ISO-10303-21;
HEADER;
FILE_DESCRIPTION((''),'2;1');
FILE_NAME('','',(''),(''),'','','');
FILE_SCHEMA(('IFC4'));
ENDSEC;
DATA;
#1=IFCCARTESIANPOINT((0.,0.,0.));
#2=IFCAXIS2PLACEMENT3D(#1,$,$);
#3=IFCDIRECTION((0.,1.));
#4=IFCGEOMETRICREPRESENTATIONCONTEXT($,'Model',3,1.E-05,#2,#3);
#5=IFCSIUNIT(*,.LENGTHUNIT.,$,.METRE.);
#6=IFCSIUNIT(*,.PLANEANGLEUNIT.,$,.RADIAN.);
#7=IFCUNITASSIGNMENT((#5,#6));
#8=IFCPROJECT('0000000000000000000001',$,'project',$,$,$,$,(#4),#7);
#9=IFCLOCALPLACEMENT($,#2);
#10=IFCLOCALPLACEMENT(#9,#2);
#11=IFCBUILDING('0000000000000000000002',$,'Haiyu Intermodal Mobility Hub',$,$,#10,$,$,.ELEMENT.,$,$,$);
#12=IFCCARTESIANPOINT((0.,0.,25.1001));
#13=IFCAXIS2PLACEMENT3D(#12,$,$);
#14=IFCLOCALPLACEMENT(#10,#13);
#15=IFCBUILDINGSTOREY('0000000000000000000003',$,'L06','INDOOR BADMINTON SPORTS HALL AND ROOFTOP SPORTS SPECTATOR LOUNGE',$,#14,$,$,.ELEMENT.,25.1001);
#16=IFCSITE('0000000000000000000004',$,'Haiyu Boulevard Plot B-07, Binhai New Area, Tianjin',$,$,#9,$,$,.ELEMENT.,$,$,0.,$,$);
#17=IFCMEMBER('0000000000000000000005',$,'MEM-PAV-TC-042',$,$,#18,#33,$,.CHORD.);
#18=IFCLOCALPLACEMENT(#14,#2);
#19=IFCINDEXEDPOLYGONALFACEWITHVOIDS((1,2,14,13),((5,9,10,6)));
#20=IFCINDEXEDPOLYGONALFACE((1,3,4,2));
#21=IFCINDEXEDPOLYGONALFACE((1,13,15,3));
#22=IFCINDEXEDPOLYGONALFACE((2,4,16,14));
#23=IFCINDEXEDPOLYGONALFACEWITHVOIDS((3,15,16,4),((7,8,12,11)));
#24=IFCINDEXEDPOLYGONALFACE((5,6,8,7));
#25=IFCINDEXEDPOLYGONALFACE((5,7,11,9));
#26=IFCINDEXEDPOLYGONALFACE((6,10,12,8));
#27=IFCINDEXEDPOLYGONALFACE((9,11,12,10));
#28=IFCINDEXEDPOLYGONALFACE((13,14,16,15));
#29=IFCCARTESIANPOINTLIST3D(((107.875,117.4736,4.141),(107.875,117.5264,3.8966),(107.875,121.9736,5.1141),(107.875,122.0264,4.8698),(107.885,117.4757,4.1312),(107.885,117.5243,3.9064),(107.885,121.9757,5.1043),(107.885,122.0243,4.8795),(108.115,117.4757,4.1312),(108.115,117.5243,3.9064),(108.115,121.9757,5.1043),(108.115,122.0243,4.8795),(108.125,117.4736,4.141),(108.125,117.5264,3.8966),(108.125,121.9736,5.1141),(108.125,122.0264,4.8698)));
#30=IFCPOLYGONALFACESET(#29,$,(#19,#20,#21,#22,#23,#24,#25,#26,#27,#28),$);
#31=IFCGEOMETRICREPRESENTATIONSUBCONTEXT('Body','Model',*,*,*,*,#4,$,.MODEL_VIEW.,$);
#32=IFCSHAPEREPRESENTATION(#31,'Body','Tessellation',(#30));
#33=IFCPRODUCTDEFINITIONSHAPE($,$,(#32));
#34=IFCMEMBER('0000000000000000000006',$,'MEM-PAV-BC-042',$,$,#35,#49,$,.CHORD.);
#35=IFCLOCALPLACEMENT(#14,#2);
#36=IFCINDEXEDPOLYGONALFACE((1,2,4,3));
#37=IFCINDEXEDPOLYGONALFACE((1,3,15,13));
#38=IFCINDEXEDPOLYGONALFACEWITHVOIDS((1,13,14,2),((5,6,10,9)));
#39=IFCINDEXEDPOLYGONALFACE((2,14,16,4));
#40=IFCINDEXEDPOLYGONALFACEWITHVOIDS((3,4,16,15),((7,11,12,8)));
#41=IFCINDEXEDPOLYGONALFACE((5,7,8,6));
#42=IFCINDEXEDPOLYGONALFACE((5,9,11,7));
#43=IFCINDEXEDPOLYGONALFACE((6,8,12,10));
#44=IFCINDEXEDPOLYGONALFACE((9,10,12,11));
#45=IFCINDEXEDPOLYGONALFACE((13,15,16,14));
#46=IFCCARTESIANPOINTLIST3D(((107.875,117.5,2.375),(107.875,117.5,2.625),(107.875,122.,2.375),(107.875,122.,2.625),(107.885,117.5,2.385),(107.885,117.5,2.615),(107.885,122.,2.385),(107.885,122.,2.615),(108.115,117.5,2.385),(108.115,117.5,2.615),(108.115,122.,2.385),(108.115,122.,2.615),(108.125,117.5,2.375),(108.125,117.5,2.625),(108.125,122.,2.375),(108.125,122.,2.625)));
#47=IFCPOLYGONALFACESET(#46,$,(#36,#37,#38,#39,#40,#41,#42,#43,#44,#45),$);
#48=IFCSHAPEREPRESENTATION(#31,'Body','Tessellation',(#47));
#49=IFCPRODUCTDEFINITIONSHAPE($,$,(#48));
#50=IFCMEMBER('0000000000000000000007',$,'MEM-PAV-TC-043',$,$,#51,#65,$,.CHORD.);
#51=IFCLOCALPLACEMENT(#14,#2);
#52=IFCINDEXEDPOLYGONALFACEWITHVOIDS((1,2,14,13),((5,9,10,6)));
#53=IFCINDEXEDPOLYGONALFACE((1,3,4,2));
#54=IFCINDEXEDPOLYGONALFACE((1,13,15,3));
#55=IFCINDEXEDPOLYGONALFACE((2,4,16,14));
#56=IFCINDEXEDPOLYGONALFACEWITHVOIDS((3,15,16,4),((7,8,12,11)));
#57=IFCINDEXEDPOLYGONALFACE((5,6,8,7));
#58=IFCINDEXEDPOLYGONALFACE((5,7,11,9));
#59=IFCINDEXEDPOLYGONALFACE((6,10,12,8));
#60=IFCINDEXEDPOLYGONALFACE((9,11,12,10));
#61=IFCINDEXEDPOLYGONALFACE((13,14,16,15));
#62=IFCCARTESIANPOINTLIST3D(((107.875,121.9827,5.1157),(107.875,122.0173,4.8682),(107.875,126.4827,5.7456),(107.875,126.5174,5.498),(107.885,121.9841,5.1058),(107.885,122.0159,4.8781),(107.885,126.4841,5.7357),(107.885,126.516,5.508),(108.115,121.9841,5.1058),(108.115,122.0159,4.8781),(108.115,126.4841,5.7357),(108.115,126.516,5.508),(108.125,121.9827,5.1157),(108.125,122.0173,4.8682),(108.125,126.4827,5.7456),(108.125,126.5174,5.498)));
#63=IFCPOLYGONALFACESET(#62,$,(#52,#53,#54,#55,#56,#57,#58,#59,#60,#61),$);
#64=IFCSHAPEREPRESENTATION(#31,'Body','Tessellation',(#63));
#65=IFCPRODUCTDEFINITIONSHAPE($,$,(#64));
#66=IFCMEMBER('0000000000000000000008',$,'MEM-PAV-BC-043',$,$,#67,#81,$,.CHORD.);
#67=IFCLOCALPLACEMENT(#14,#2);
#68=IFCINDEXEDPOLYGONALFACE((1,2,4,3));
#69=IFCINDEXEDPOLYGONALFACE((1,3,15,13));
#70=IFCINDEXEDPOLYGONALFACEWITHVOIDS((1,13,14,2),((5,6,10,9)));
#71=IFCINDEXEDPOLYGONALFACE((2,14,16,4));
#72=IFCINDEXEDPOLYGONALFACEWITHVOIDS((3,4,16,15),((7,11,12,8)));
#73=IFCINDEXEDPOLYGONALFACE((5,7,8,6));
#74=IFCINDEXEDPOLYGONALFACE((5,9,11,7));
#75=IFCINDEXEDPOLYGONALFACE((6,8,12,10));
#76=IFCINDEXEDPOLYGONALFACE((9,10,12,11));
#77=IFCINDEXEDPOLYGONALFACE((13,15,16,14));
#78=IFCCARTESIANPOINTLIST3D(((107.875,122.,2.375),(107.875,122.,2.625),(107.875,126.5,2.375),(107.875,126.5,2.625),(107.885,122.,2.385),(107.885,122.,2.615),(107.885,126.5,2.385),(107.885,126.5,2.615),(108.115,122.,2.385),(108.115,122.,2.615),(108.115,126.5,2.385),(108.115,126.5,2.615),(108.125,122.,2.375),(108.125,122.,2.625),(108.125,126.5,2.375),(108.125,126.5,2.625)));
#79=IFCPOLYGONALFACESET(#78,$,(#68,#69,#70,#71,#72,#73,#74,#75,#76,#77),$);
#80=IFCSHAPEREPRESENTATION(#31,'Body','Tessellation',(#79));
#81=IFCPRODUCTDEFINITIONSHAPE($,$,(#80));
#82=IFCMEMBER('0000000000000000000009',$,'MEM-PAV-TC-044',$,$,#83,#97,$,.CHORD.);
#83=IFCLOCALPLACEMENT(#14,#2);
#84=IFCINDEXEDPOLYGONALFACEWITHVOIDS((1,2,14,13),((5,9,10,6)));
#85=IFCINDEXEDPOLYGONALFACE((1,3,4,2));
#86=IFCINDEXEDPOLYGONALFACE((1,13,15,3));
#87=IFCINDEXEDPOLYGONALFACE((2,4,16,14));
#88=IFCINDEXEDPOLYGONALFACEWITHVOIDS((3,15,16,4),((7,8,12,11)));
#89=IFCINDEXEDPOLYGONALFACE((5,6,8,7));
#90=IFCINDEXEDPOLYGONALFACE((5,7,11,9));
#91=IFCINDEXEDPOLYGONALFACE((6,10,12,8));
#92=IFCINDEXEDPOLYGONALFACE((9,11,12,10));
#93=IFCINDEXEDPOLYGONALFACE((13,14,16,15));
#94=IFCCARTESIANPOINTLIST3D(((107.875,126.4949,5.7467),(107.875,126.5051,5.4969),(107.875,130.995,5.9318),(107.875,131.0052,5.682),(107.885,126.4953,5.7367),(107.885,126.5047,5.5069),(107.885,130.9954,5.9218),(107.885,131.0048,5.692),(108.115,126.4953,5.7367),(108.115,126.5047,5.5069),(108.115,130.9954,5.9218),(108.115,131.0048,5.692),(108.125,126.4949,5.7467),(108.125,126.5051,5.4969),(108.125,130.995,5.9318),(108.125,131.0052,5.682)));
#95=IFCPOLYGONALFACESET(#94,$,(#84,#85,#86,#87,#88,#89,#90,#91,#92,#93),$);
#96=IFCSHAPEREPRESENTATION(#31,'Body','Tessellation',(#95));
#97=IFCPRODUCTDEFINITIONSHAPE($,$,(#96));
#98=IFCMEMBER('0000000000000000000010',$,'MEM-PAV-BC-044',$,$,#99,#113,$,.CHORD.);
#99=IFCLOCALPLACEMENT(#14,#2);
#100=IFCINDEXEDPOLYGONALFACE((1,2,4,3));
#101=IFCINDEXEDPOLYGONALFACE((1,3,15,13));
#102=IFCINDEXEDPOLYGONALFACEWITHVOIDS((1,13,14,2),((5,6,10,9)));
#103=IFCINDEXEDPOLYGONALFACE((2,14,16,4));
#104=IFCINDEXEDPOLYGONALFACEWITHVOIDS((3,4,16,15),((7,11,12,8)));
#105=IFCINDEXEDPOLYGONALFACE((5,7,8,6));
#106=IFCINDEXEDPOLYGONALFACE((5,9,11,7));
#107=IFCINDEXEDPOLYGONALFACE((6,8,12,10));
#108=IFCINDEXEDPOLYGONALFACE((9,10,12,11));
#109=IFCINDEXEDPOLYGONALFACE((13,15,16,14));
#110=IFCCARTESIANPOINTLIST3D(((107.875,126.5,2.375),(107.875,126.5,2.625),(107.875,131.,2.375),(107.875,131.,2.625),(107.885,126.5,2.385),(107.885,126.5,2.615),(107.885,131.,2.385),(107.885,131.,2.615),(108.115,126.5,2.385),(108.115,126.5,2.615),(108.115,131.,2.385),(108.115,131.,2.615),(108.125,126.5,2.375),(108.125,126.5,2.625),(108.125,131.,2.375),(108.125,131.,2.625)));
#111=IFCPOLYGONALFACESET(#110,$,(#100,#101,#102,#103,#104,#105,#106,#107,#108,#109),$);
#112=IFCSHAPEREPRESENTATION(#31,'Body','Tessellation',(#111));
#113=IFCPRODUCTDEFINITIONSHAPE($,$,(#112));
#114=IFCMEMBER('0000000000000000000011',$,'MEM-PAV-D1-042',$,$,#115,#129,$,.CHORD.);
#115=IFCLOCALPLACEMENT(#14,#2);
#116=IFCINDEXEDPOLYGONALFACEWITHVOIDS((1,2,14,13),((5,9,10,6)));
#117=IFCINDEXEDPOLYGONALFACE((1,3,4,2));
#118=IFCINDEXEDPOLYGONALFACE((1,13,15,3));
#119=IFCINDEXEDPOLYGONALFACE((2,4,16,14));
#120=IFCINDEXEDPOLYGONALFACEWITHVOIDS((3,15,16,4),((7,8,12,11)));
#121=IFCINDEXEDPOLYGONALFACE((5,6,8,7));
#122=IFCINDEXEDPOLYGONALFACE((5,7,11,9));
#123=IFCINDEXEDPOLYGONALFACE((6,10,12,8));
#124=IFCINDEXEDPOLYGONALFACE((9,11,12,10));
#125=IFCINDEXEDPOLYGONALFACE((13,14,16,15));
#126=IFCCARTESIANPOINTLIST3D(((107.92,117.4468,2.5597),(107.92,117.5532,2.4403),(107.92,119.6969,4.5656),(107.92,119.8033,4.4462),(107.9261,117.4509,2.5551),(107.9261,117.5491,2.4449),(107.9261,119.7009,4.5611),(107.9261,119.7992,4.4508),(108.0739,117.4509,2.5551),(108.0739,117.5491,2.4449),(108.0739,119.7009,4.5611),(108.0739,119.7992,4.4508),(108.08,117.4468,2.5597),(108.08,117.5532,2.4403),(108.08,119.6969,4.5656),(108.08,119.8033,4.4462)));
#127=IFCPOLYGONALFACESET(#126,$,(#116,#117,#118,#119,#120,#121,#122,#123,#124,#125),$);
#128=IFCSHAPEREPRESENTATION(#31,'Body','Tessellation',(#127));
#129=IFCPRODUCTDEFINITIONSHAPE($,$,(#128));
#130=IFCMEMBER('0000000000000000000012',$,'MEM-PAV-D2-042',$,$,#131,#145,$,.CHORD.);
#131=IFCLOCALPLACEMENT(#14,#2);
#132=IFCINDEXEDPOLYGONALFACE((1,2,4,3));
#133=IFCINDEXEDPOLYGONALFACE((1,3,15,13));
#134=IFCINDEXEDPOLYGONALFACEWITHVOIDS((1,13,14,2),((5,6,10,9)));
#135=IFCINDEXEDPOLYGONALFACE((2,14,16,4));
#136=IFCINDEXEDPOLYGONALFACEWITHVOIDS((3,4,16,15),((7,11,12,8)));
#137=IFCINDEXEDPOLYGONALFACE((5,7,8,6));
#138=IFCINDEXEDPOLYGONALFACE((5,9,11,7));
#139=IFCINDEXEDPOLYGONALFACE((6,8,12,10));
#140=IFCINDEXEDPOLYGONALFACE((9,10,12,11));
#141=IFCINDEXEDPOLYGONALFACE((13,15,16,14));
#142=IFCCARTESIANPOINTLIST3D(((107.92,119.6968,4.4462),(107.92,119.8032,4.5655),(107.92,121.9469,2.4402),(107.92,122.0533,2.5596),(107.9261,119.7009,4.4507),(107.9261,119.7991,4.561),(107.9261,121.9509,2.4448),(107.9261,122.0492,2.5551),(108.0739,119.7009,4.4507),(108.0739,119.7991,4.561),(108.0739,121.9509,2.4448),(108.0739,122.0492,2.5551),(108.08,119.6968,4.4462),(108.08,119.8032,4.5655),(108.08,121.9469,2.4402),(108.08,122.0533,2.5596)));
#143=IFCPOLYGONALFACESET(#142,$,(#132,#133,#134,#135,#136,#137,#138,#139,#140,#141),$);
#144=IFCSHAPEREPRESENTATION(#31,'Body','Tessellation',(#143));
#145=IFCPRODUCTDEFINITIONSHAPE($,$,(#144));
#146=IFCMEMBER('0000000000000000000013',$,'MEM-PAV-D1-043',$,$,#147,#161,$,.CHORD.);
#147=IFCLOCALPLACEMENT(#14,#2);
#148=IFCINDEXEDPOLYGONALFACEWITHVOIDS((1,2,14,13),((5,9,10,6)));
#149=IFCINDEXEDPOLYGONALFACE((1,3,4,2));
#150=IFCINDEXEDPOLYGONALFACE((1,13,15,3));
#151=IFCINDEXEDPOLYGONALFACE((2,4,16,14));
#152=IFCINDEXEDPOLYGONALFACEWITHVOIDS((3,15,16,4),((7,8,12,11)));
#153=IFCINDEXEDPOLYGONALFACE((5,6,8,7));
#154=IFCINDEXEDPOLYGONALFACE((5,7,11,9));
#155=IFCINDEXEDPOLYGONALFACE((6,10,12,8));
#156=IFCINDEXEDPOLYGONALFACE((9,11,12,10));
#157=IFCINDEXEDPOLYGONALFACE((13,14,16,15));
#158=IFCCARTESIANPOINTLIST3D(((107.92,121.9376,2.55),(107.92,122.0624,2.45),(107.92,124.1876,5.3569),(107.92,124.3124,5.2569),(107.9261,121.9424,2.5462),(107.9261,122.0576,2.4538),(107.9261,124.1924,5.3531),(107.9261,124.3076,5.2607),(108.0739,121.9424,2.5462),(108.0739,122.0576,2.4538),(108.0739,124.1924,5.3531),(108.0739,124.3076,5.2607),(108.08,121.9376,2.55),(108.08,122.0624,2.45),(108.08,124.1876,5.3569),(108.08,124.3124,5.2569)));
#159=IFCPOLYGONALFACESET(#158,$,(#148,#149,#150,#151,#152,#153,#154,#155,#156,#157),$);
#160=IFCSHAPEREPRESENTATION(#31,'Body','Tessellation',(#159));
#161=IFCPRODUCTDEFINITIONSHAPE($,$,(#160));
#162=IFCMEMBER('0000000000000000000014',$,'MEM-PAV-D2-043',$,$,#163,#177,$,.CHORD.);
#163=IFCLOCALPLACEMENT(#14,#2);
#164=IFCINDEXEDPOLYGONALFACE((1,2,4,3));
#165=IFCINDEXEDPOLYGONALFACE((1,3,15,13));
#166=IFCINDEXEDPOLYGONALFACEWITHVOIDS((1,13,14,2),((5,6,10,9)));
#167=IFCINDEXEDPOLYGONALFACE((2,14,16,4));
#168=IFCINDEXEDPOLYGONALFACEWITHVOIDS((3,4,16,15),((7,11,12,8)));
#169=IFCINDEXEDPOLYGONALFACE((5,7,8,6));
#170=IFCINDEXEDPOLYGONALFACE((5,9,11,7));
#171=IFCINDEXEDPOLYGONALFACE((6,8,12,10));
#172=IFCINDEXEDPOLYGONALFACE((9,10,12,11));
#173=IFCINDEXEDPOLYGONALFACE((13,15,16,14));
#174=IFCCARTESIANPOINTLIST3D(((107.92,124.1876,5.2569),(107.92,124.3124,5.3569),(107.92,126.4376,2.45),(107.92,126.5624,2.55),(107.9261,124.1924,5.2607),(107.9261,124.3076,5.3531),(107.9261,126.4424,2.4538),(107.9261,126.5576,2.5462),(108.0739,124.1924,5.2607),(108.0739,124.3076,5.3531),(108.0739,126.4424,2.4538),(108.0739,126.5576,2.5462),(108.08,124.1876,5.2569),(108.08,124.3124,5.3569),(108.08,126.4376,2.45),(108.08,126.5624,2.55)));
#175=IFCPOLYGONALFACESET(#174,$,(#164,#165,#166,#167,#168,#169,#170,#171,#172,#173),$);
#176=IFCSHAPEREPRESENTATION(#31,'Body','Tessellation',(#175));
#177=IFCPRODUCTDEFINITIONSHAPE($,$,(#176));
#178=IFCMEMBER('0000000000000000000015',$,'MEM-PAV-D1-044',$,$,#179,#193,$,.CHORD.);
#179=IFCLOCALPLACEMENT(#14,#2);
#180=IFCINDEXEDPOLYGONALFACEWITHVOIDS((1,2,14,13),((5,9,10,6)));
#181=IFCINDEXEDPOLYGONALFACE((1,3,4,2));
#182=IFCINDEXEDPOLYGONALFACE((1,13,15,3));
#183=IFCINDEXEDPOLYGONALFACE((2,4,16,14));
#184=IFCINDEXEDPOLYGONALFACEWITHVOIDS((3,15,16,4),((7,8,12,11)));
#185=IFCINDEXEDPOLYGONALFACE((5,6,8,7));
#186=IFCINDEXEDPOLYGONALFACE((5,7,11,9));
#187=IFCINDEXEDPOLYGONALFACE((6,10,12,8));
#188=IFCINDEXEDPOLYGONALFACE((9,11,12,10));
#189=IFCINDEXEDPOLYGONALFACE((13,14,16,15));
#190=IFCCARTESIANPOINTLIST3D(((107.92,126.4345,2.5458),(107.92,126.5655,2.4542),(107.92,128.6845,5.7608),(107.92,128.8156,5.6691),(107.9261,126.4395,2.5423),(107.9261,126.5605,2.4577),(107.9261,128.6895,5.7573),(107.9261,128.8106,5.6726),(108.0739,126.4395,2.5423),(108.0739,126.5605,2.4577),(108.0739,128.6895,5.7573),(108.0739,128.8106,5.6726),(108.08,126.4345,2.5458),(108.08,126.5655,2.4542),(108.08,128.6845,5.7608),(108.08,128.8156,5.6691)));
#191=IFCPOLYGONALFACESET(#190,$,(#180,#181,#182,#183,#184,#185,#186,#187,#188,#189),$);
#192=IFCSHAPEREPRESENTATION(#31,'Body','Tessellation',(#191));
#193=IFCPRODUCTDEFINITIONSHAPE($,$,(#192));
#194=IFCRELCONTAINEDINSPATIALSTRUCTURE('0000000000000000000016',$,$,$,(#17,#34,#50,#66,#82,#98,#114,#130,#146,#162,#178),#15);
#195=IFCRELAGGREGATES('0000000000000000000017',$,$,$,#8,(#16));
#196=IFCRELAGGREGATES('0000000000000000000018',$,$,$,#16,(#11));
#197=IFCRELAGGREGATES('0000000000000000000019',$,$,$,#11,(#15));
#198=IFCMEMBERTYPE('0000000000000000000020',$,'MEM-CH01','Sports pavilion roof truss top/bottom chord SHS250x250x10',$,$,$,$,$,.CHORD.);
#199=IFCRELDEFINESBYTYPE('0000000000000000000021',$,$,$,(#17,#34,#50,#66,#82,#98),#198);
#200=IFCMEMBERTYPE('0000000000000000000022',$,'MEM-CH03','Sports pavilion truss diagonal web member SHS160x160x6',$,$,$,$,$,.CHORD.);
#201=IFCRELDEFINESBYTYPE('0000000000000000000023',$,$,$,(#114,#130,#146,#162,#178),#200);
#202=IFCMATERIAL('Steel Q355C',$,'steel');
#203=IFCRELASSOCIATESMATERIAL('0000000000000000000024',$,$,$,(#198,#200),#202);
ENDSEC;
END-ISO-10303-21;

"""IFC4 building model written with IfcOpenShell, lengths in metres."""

from ifc_helpers import new_model, si_unit, direction, frame, origin, origin_2d, place, context, subcontext, project, spatial, hollow_rectangle, extrude, material, material_profile, profile_set, type_object, element, save


model = new_model("IFC4")

# Units and contexts
model_context = context("Model", 3, precision=1e-05, world=origin(), true_north=direction((0.0, 1.0)))
body_context = subcontext(model_context, "Body", "Model", "MODEL_VIEW")
ifc_project = project(units=[si_unit("LENGTHUNIT", "METRE"), si_unit("PLANEANGLEUNIT", "RADIAN")], contexts=[model_context])

# Site, building, storey
site_placement = place(None, origin())
site = spatial("IfcSite", under=ifc_project, at=site_placement, Name="Haiyu Boulevard Plot B-07, Binhai New Area, Tianjin", CompositionType="ELEMENT", RefElevation=0.0)
building_placement = place(site_placement, origin())
building = spatial("IfcBuilding", under=site, at=building_placement, Name="Haiyu Intermodal Mobility Hub", CompositionType="ELEMENT")
storey_placement = place(building_placement, frame((0.0, 0.0, 25.1001)))
storey = spatial("IfcBuildingStorey", under=building, at=storey_placement, Name="L06", Description="INDOOR BADMINTON SPORTS HALL AND ROOFTOP SPORTS SPECTATOR LOUNGE", CompositionType="ELEMENT", Elevation=25.1001)

# Shared definitions
ifc_material_1 = material(Name="Steel Q355C", Category="steel")

# Members
ifc_material_profile_1 = material_profile(ifc_material_1, hollow_rectangle(XDim=0.25, YDim=0.25, WallThickness=0.01, at=origin_2d()), Name="SHS250x250x10")
ifc_profile_set_1 = profile_set([ifc_material_profile_1], Name="Steel Q355C")
member_type_1 = type_object("IfcMemberType", Name="MEM-CH01", Description="Sports pavilion roof truss top/bottom chord SHS250x250x10", PredefinedType="CHORD", material=ifc_profile_set_1)
member_1_placement = place(storey_placement, frame((108.0, 117.5, 4.0188), z_axis=(0.0, 0.977406, 0.211368), x_axis=(-1.0, 0.0, 0.0)))
element("IfcMember", 1, at=member_1_placement, inside=storey, type_object=member_type_1, Name="MEM-PAV-TC-042", PredefinedType="CHORD", context=body_context, shape_type="SweptSolid", body=[
    extrude(hollow_rectangle(XDim=0.25, YDim=0.25, WallThickness=0.01, at=origin_2d()), origin(), (0.0, 0.0, 1.0), 4.604),
])
member_2_placement = place(storey_placement, frame((108.0, 117.5, 2.5), z_axis=(0.0, 1.0, 0.0), x_axis=(-1.0, 0.0, 0.0)))
element("IfcMember", 2, at=member_2_placement, inside=storey, type_object=member_type_1, Name="MEM-PAV-BC-042", PredefinedType="CHORD", context=body_context, shape_type="SweptSolid", body=[
    extrude(hollow_rectangle(XDim=0.25, YDim=0.25, WallThickness=0.01, at=origin_2d()), origin(), (0.0, 0.0, 1.0), 4.5),
])
member_3_placement = place(storey_placement, frame((108.0, 122.0, 4.9919), z_axis=(0.0, 0.990345, 0.138623), x_axis=(-1.0, 0.0, 0.0)))
element("IfcMember", 3, at=member_3_placement, inside=storey, type_object=member_type_1, Name="MEM-PAV-TC-043", PredefinedType="CHORD", context=body_context, shape_type="SweptSolid", body=[
    extrude(hollow_rectangle(XDim=0.25, YDim=0.25, WallThickness=0.01, at=origin_2d()), origin(), (0.0, 0.0, 1.0), 4.5439),
])
member_4_placement = place(storey_placement, frame((108.0, 122.0, 2.5), z_axis=(0.0, 1.0, 0.0), x_axis=(-1.0, 0.0, 0.0)))
element("IfcMember", 4, at=member_4_placement, inside=storey, type_object=member_type_1, Name="MEM-PAV-BC-043", PredefinedType="CHORD", context=body_context, shape_type="SweptSolid", body=[
    extrude(hollow_rectangle(XDim=0.25, YDim=0.25, WallThickness=0.01, at=origin_2d()), origin(), (0.0, 0.0, 1.0), 4.5),
])
member_5_placement = place(storey_placement, frame((108.0, 126.5, 5.6218), z_axis=(0.0, 0.999155, 0.041089), x_axis=(-1.0, 0.0, 0.0)))
element("IfcMember", 5, at=member_5_placement, inside=storey, type_object=member_type_1, Name="MEM-PAV-TC-044", PredefinedType="CHORD", context=body_context, shape_type="SweptSolid", body=[
    extrude(hollow_rectangle(XDim=0.25, YDim=0.25, WallThickness=0.01, at=origin_2d()), origin(), (0.0, 0.0, 1.0), 4.5039),
])
member_6_placement = place(storey_placement, frame((108.0, 126.5, 2.5), z_axis=(0.0, 1.0, 0.0), x_axis=(-1.0, 0.0, 0.0)))
element("IfcMember", 6, at=member_6_placement, inside=storey, type_object=member_type_1, Name="MEM-PAV-BC-044", PredefinedType="CHORD", context=body_context, shape_type="SweptSolid", body=[
    extrude(hollow_rectangle(XDim=0.25, YDim=0.25, WallThickness=0.01, at=origin_2d()), origin(), (0.0, 0.0, 1.0), 4.5),
])
ifc_material_profile_2 = material_profile(ifc_material_1, hollow_rectangle(XDim=0.1599, YDim=0.1599, WallThickness=0.0061, at=origin_2d()), Name="SHS160x160x6")
ifc_profile_set_2 = profile_set([ifc_material_profile_2], Name="Steel Q355C")
member_type_2 = type_object("IfcMemberType", Name="MEM-CH03", Description="Sports pavilion truss diagonal web member SHS160x160x6", PredefinedType="CHORD", material=ifc_profile_set_2)
for number, where, z_axis, x_axis, name in (
    (7, (108.0, 117.5, 2.5), (0.0, 0.746443, 0.665449), (-1.0, 0.0, 0.0), "MEM-PAV-D1-042"),
    (8, (108.0, 119.75, 4.5059), (0.0, 0.746443, -0.665449), (-1.0, 0.0, 0.0), "MEM-PAV-D2-042"),
):
    element("IfcMember", number, at=place(storey_placement, frame(where, z_axis=z_axis, x_axis=x_axis)), inside=storey, type_object=member_type_2, Name=name, PredefinedType="CHORD", context=body_context, shape_type="SweptSolid", body=[
        extrude(hollow_rectangle(XDim=0.1599, YDim=0.1599, WallThickness=0.0061, at=origin_2d()), origin(), (0.0, 0.0, 1.0), 3.0144),
    ])
for number, where, z_axis, x_axis, name in (
    (9, (108.0, 122.0, 2.5), (0.0, 0.625456, 0.780259), (-1.0, 0.0, 0.0), "MEM-PAV-D1-043"),
    (10, (108.0, 124.25, 5.3069), (0.0, 0.625456, -0.780259), (-1.0, 0.0, 0.0), "MEM-PAV-D2-043"),
):
    element("IfcMember", number, at=place(storey_placement, frame(where, z_axis=z_axis, x_axis=x_axis)), inside=storey, type_object=member_type_2, Name=name, PredefinedType="CHORD", context=body_context, shape_type="SweptSolid", body=[
        extrude(hollow_rectangle(XDim=0.1599, YDim=0.1599, WallThickness=0.0061, at=origin_2d()), origin(), (0.0, 0.0, 1.0), 3.5974),
    ])
for number, where, z_axis, x_axis, name in (
    (11, (108.0, 126.5, 2.5), (0.0, 0.573396, 0.819279), (-1.0, 0.0, 0.0), "MEM-PAV-D1-044"),
):
    element("IfcMember", number, at=place(storey_placement, frame(where, z_axis=z_axis, x_axis=x_axis)), inside=storey, type_object=member_type_2, Name=name, PredefinedType="CHORD", context=body_context, shape_type="SweptSolid", body=[
        extrude(hollow_rectangle(XDim=0.1599, YDim=0.1599, WallThickness=0.0061, at=origin_2d()), origin(), (0.0, 0.0, 1.0), 3.9241),
    ])

save(model, "model.ifc")
